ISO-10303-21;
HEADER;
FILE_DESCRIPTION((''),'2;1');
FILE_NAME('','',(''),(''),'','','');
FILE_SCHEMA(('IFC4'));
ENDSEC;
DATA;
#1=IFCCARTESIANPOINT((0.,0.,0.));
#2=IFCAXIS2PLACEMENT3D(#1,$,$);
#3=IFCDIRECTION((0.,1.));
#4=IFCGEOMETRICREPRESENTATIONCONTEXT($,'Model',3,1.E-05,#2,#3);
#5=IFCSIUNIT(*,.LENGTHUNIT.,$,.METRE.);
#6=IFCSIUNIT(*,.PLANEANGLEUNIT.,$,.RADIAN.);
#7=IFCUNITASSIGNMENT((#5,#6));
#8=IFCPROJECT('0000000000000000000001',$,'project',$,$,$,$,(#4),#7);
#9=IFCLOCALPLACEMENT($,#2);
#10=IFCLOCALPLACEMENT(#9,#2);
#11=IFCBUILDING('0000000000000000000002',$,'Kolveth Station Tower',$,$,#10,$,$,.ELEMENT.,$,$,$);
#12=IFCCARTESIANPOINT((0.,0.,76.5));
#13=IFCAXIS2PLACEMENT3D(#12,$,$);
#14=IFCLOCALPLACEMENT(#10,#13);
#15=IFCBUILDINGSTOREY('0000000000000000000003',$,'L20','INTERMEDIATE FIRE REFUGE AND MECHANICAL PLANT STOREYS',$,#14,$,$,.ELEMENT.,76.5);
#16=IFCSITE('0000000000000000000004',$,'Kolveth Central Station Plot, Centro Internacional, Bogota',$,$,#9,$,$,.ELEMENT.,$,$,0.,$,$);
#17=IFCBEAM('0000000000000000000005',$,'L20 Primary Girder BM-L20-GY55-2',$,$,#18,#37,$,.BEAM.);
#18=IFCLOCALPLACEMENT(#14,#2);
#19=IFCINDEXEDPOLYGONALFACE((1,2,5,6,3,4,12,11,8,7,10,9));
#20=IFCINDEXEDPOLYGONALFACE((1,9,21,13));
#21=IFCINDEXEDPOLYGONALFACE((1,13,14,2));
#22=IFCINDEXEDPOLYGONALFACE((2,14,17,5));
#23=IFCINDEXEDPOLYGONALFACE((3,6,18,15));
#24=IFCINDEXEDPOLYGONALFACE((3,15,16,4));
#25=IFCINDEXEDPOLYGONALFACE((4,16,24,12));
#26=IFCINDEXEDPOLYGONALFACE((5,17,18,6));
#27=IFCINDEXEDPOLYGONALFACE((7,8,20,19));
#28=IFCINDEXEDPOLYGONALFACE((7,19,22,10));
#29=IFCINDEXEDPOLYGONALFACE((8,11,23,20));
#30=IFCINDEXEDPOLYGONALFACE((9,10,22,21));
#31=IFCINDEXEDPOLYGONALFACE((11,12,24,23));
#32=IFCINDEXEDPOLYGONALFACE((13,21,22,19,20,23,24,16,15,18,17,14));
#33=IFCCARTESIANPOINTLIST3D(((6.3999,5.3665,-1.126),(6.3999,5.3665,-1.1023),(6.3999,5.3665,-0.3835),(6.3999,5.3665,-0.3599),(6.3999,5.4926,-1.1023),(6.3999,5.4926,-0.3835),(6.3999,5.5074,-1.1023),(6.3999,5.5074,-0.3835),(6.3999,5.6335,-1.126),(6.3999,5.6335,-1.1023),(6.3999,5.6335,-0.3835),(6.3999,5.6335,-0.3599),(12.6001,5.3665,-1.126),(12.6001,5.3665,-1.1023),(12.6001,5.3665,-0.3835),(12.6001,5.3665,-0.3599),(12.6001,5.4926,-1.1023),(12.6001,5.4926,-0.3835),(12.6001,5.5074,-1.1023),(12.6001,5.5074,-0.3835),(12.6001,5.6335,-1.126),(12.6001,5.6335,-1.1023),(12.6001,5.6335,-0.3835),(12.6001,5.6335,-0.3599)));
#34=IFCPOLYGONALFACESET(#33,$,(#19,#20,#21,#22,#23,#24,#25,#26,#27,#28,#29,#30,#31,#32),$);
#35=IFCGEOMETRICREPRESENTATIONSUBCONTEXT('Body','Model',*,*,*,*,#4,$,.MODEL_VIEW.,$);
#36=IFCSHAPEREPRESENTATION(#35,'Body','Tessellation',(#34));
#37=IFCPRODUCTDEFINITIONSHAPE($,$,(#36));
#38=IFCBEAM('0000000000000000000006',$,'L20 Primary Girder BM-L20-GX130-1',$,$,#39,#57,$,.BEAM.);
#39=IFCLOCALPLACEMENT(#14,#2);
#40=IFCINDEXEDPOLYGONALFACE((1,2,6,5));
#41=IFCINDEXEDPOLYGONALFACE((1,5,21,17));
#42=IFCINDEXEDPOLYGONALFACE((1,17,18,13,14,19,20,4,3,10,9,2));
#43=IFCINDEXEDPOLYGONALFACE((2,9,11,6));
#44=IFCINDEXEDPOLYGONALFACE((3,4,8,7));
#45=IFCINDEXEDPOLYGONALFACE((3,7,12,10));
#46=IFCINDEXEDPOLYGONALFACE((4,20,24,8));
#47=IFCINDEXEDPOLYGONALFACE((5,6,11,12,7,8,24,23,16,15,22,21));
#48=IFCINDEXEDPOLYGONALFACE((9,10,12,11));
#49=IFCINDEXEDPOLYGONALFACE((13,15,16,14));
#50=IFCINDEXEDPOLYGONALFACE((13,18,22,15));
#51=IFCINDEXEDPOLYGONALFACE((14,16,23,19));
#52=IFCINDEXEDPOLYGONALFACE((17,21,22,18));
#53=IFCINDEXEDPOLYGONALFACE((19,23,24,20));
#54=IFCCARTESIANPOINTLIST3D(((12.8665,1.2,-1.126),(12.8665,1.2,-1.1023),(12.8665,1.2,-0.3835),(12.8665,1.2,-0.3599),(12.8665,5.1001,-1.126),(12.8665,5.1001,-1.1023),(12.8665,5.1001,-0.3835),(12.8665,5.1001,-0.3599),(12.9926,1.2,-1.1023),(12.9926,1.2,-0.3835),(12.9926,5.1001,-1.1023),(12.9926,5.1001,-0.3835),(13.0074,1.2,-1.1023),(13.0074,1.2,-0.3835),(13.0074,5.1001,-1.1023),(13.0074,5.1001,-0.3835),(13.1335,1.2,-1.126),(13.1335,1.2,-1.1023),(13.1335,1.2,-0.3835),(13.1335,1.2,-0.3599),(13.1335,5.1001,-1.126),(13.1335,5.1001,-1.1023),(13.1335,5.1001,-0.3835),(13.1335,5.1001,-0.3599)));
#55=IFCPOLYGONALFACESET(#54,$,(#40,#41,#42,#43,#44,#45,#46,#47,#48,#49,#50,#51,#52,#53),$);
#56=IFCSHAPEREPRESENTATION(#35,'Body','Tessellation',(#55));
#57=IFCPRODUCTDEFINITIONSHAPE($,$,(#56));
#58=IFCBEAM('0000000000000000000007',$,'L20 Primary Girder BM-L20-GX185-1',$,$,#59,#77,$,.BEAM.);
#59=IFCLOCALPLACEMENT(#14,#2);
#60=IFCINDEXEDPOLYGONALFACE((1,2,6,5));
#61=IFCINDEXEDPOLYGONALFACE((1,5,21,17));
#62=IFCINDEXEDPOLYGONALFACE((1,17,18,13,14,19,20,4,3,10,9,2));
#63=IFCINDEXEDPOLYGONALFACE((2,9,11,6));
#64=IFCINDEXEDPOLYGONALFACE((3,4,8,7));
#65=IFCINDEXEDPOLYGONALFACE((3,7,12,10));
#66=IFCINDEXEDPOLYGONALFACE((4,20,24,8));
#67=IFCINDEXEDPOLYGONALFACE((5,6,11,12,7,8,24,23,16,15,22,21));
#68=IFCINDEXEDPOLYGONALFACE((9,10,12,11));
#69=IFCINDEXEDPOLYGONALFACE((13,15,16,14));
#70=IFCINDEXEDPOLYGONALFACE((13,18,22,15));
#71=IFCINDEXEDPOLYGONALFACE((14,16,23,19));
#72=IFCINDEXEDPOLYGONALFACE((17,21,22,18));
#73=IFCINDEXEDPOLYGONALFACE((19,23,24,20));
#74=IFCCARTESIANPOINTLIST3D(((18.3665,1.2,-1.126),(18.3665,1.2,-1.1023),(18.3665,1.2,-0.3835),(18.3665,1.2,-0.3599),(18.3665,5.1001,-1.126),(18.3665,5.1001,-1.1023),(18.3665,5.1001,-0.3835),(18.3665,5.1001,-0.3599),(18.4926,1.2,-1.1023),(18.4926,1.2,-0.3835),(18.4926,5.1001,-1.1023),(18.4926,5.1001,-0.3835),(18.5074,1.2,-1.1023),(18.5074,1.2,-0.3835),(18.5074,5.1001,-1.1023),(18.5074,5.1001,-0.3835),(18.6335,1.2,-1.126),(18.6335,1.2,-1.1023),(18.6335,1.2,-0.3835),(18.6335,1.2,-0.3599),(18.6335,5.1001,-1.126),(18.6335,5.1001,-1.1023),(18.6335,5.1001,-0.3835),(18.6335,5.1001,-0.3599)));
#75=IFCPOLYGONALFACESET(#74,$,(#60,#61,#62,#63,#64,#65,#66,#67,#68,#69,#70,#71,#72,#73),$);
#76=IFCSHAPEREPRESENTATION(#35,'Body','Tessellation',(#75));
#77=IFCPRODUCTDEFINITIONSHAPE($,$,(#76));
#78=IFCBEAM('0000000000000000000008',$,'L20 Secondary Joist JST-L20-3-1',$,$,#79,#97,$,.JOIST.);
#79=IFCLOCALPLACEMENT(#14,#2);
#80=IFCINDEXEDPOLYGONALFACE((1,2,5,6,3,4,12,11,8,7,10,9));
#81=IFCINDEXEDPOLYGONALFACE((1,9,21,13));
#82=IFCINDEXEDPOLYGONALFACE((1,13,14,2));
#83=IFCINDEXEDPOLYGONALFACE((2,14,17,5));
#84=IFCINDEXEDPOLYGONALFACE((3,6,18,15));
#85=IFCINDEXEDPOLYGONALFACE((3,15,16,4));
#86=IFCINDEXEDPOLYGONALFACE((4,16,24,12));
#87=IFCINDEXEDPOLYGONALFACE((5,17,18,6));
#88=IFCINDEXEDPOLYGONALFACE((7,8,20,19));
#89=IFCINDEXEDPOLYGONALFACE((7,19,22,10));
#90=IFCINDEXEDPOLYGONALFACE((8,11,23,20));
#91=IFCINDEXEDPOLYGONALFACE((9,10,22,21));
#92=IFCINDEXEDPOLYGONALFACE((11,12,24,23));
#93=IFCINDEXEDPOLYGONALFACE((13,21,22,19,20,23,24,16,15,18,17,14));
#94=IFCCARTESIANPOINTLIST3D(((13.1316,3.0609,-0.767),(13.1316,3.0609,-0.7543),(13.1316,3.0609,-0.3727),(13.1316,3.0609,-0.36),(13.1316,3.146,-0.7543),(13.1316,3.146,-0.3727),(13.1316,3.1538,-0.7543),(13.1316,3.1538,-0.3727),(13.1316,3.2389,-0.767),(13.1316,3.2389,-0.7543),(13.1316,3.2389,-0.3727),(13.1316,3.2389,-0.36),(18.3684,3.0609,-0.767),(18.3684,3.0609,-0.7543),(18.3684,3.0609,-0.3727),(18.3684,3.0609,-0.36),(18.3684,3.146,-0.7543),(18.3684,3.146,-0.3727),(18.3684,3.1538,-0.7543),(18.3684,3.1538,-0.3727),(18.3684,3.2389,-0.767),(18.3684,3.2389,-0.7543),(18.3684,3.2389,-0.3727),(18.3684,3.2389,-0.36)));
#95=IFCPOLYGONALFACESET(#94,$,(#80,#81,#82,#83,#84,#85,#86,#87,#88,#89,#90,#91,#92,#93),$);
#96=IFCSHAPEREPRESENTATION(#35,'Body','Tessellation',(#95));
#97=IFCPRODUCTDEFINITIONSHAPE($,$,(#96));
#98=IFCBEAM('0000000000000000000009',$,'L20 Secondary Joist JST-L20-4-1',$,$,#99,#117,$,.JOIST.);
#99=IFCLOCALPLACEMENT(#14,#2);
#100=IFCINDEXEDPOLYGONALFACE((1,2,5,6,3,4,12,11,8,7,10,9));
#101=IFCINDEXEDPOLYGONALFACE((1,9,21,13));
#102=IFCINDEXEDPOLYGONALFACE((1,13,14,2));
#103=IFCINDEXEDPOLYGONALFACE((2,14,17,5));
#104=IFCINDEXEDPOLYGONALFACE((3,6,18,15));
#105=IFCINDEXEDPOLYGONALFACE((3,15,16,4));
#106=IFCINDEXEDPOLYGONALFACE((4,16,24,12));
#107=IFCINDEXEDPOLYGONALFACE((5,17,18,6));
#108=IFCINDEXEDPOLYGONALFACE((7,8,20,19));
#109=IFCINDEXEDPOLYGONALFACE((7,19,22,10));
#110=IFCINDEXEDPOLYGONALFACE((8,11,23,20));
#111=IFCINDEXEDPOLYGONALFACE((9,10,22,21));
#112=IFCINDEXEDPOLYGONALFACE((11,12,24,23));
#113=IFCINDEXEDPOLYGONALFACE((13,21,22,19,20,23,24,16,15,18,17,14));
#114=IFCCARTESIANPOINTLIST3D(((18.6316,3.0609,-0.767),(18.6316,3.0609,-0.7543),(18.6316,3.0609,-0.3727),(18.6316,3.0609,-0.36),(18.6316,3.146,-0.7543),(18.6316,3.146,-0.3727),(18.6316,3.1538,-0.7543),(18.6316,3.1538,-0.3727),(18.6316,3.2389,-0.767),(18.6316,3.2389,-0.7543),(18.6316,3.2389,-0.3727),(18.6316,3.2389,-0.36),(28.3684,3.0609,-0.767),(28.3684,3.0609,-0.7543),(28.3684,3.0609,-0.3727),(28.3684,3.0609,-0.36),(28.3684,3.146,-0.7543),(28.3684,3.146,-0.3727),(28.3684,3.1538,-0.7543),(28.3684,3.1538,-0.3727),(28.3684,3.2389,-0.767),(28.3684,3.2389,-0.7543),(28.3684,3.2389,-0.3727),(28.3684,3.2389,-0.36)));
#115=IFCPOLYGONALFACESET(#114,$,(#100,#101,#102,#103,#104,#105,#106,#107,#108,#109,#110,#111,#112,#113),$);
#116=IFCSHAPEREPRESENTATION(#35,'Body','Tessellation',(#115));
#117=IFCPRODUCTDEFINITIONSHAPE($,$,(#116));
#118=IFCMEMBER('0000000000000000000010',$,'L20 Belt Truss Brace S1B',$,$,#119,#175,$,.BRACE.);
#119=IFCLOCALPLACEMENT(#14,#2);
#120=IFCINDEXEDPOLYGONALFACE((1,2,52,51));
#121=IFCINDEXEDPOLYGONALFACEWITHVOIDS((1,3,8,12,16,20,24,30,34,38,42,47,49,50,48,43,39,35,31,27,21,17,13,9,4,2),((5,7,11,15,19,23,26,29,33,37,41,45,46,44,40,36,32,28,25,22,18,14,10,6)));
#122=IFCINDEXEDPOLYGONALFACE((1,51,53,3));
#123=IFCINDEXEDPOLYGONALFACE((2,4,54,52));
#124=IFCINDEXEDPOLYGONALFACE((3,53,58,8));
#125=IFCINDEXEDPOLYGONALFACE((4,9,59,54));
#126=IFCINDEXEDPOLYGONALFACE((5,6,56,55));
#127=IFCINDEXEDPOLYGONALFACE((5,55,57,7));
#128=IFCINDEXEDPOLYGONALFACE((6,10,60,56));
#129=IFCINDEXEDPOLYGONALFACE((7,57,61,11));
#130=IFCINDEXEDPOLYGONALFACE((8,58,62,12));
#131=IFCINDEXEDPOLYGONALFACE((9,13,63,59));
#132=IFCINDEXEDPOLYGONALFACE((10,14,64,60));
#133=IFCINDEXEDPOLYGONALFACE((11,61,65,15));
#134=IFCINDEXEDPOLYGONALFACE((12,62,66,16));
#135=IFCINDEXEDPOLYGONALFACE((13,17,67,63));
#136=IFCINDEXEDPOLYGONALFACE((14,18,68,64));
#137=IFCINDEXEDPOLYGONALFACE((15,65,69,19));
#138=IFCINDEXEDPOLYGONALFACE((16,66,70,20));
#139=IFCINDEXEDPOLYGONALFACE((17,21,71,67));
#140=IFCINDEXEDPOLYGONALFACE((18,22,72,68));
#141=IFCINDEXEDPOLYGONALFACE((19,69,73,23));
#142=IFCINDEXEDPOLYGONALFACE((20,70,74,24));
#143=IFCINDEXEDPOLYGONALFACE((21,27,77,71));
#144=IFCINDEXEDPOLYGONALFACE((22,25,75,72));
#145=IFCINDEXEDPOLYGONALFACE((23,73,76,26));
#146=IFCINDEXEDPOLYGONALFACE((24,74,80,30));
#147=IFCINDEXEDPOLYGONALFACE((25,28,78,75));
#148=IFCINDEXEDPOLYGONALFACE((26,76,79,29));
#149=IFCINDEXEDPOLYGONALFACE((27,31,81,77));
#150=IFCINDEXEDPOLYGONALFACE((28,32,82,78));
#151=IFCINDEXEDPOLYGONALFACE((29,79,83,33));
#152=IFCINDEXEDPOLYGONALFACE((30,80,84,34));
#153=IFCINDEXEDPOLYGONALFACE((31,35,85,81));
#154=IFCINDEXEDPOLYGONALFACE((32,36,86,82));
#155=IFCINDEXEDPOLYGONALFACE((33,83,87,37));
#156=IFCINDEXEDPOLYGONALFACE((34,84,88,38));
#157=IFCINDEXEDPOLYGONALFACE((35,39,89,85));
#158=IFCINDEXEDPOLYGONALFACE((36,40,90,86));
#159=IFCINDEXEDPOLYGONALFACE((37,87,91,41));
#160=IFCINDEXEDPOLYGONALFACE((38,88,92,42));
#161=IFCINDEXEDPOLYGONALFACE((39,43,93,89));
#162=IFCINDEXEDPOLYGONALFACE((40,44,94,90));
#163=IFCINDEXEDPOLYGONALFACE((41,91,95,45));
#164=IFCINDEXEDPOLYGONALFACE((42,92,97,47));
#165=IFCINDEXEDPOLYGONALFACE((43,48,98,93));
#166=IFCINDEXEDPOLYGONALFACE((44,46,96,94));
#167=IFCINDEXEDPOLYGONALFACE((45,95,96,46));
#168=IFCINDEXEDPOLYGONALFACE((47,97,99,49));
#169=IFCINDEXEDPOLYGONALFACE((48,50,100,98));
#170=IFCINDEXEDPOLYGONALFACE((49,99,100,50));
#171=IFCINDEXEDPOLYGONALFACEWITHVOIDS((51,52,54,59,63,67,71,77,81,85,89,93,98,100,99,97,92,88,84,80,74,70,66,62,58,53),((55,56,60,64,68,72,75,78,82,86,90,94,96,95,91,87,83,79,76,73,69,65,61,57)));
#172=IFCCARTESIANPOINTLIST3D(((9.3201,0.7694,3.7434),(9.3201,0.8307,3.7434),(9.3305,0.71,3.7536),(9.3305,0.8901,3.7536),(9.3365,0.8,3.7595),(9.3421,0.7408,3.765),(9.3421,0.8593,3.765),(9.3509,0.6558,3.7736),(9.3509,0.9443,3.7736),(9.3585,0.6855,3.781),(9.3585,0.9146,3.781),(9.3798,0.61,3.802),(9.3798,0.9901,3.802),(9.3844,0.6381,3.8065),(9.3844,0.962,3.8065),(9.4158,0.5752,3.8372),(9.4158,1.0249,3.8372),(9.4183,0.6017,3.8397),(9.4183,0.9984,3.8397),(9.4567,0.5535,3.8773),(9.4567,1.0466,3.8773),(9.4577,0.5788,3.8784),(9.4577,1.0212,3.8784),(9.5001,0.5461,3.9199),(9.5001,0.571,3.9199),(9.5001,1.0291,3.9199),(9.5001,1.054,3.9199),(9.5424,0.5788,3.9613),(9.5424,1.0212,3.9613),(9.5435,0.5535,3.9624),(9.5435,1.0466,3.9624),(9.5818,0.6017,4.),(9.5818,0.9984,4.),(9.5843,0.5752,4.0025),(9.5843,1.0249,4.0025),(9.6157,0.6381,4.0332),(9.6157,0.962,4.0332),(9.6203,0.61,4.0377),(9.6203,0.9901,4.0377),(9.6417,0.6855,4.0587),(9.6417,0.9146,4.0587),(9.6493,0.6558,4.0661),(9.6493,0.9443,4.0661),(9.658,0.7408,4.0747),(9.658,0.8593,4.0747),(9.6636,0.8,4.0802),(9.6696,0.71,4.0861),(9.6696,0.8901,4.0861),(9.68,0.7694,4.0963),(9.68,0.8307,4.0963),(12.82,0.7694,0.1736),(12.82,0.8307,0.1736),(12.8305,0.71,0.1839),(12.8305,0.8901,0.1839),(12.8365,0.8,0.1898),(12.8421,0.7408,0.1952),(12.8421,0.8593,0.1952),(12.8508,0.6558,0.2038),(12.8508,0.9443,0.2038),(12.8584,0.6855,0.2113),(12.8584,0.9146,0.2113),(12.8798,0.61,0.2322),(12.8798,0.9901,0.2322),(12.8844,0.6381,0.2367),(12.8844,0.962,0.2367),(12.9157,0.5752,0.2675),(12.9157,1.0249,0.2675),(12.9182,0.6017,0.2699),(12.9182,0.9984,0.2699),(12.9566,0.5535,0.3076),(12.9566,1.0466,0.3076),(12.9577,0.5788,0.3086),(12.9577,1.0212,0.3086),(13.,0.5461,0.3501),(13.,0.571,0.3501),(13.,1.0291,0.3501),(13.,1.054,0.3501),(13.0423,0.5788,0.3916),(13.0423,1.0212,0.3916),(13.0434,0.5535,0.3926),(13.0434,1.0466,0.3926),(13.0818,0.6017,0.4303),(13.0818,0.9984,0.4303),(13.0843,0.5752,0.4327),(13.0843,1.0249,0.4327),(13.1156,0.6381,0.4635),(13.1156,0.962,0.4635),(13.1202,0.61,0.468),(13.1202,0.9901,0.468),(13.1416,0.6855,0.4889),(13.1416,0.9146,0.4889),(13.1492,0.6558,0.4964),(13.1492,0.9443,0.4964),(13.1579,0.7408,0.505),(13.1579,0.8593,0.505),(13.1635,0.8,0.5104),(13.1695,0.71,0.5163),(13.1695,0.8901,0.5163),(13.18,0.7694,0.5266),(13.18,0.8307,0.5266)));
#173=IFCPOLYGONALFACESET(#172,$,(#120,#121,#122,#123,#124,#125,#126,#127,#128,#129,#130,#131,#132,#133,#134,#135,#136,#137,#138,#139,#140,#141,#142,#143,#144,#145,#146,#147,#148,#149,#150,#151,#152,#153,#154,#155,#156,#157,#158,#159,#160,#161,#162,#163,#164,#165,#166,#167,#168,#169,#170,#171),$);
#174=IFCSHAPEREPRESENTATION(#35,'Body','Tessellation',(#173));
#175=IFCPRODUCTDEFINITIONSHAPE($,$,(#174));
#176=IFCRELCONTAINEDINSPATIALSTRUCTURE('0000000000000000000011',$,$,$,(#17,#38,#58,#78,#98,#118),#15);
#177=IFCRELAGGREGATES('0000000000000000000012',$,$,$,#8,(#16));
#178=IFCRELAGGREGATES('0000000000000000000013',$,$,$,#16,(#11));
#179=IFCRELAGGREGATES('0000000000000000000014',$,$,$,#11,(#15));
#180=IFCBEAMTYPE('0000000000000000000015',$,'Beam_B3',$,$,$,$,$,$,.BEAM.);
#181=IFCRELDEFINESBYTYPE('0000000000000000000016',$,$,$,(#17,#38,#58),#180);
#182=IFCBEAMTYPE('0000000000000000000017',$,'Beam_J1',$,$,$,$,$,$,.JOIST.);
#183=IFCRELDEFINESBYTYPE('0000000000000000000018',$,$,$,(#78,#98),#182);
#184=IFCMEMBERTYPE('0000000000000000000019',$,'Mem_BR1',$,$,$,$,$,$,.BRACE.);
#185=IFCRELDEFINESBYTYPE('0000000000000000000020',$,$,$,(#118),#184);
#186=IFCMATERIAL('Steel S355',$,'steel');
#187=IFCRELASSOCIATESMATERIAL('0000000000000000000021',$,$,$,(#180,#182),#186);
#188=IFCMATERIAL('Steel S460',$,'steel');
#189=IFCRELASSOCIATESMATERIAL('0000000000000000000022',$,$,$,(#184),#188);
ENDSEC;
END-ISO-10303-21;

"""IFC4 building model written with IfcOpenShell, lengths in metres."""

from ifc_helpers import new_model, si_unit, direction, frame, origin, origin_2d, place, context, subcontext, project, spatial, hollow_circle, i_section, extrude, source, transform, mapped, material, material_profile, profile_set, type_object, element, save


model = new_model("IFC4")

# Units and contexts
model_context = context("Model", 3, precision=1e-05, world=origin(), true_north=direction((0.0, 1.0)))
body_context = subcontext(model_context, "Body", "Model", "MODEL_VIEW")
ifc_project = project(units=[si_unit("LENGTHUNIT", "METRE"), si_unit("PLANEANGLEUNIT", "RADIAN")], contexts=[model_context])

# Site, building, storey
site_placement = place(None, origin())
site = spatial("IfcSite", under=ifc_project, at=site_placement, Name="Kolveth Central Station Plot, Centro Internacional, Bogota", CompositionType="ELEMENT", RefElevation=0.0)
building_placement = place(site_placement, origin())
building = spatial("IfcBuilding", under=site, at=building_placement, Name="Kolveth Station Tower", CompositionType="ELEMENT")
storey_placement = place(building_placement, frame((0.0, 0.0, 76.5)))
storey = spatial("IfcBuildingStorey", under=building, at=storey_placement, Name="L20", Description="INTERMEDIATE FIRE REFUGE AND MECHANICAL PLANT STOREYS", CompositionType="ELEMENT", Elevation=76.5)

# Shared definitions
ifc_material_1 = material(Name="Steel S460", Category="steel")
ifc_material_2 = material(Name="Steel S355", Category="steel")

# Beams
ifc_material_profile_1 = material_profile(ifc_material_2, i_section(OverallWidth=0.2671, OverallDepth=0.7661, WebThickness=0.0149, FlangeThickness=0.0237, at=origin_2d()), Name="W760x185")
ifc_profile_set_1 = profile_set([ifc_material_profile_1], Name="Steel S355")
beam_type_1 = type_object("IfcBeamType", Name="Beam_B3", PredefinedType="BEAM", material=ifc_profile_set_1)
shared_shape_1 = source(origin(), body_context, "Body", "SweptSolid", [
    extrude(i_section(OverallWidth=0.2671, OverallDepth=0.7661, WebThickness=0.0149, FlangeThickness=0.0237, at=origin_2d()), origin(), (0.0, 0.0, 1.0), 6.2002),
])
beam_1_placement = place(storey_placement, frame((6.3999, 5.5, -0.7429), z_axis=(1.0, 0.0, 0.0), x_axis=(0.0, 1.0, 0.0)))
element("IfcBeam", 1, at=beam_1_placement, inside=storey, type_object=beam_type_1, Name="L20 Primary Girder BM-L20-GY55-2", PredefinedType="BEAM", context=body_context, shape_type="MappedRepresentation", body=[
    mapped(shared_shape_1, transform((0.0, 0.0, 0.0), x_axis=(1.0, 0.0, 0.0), y_axis=(0.0, 1.0, 0.0), z_axis=(0.0, 0.0, 1.0), scale=1.0)),
])
shared_shape_2 = source(origin(), body_context, "Body", "SweptSolid", [
    extrude(i_section(OverallWidth=0.2671, OverallDepth=0.7661, WebThickness=0.0149, FlangeThickness=0.0237, at=origin_2d()), origin(), (0.0, 0.0, 1.0), 3.9001),
])
for number, where, z_axis, x_axis, name in (
    (2, (13.0, 1.2, -0.7429), (0.0, 1.0, 0.0), (-1.0, 0.0, 0.0), "L20 Primary Girder BM-L20-GX130-1"),
    (3, (18.5, 1.2, -0.7429), (0.0, 1.0, 0.0), (-1.0, 0.0, 0.0), "L20 Primary Girder BM-L20-GX185-1"),
):
    element("IfcBeam", number, at=place(storey_placement, frame(where, z_axis=z_axis, x_axis=x_axis)), inside=storey, type_object=beam_type_1, Name=name, PredefinedType="BEAM", context=body_context, shape_type="MappedRepresentation", body=[
        mapped(shared_shape_2, transform((0.0, 0.0, 0.0), x_axis=(1.0, 0.0, 0.0), y_axis=(0.0, 1.0, 0.0), z_axis=(0.0, 0.0, 1.0), scale=1.0)),
    ])
ifc_material_profile_2 = material_profile(ifc_material_2, i_section(OverallWidth=0.178, OverallDepth=0.407, WebThickness=0.0078, FlangeThickness=0.0127, at=origin_2d()), Name="W410x60")
ifc_profile_set_2 = profile_set([ifc_material_profile_2], Name="Steel S355")
beam_type_2 = type_object("IfcBeamType", Name="Beam_J1", PredefinedType="JOIST", material=ifc_profile_set_2)
shared_shape_3 = source(origin(), body_context, "Body", "SweptSolid", [
    extrude(i_section(OverallWidth=0.178, OverallDepth=0.407, WebThickness=0.0078, FlangeThickness=0.0127, at=origin_2d()), origin(), (0.0, 0.0, 1.0), 5.2368),
])
beam_2_placement = place(storey_placement, frame((13.1316, 3.1499, -0.5635), z_axis=(1.0, 0.0, 0.0), x_axis=(0.0, 1.0, 0.0)))
element("IfcBeam", 4, at=beam_2_placement, inside=storey, type_object=beam_type_2, Name="L20 Secondary Joist JST-L20-3-1", PredefinedType="JOIST", context=body_context, shape_type="MappedRepresentation", body=[
    mapped(shared_shape_3, transform((0.0, 0.0, 0.0), x_axis=(1.0, 0.0, 0.0), y_axis=(0.0, 1.0, 0.0), z_axis=(0.0, 0.0, 1.0), scale=1.0)),
])
shared_shape_4 = source(origin(), body_context, "Body", "SweptSolid", [
    extrude(i_section(OverallWidth=0.178, OverallDepth=0.407, WebThickness=0.0078, FlangeThickness=0.0127, at=origin_2d()), origin(), (0.0, 0.0, 1.0), 9.7368),
])
beam_3_placement = place(storey_placement, frame((18.6316, 3.1499, -0.5635), z_axis=(1.0, 0.0, 0.0), x_axis=(0.0, 1.0, 0.0)))
element("IfcBeam", 5, at=beam_3_placement, inside=storey, type_object=beam_type_2, Name="L20 Secondary Joist JST-L20-4-1", PredefinedType="JOIST", context=body_context, shape_type="MappedRepresentation", body=[
    mapped(shared_shape_4, transform((0.0, 0.0, 0.0), x_axis=(1.0, 0.0, 0.0), y_axis=(0.0, 1.0, 0.0), z_axis=(0.0, 0.0, 1.0), scale=1.0)),
])

# Member
ifc_material_profile_3 = material_profile(ifc_material_1, hollow_circle(Radius=0.2539, WallThickness=0.0249, at=origin_2d()), Name="CHS508x25")
ifc_profile_set_3 = profile_set([ifc_material_profile_3], Name="Steel S460")
member_type_1 = type_object("IfcMemberType", Name="Mem_BR1", PredefinedType="BRACE", material=ifc_profile_set_3)
shared_shape_5 = source(origin(), body_context, "Body", "SweptSolid", [
    extrude(hollow_circle(Radius=0.2539, WallThickness=0.0249, at=origin_2d()), origin(), (0.0, 0.0, 1.0), 4.9993),
])
member_1_placement = place(storey_placement, frame((13.0, 0.8, 0.3501), z_axis=(-0.700089, 0.0, 0.714056), x_axis=(0.0, -1.0, 0.0)))
element("IfcMember", 6, at=member_1_placement, inside=storey, type_object=member_type_1, Name="L20 Belt Truss Brace S1B", PredefinedType="BRACE", context=body_context, shape_type="MappedRepresentation", body=[
    mapped(shared_shape_5, transform((0.0, 0.0, 0.0), x_axis=(1.0, 0.0, 0.0), y_axis=(0.0, 1.0, 0.0), z_axis=(0.0, 0.0, 1.0), scale=1.0)),
])

save(model, "model.ifc")
